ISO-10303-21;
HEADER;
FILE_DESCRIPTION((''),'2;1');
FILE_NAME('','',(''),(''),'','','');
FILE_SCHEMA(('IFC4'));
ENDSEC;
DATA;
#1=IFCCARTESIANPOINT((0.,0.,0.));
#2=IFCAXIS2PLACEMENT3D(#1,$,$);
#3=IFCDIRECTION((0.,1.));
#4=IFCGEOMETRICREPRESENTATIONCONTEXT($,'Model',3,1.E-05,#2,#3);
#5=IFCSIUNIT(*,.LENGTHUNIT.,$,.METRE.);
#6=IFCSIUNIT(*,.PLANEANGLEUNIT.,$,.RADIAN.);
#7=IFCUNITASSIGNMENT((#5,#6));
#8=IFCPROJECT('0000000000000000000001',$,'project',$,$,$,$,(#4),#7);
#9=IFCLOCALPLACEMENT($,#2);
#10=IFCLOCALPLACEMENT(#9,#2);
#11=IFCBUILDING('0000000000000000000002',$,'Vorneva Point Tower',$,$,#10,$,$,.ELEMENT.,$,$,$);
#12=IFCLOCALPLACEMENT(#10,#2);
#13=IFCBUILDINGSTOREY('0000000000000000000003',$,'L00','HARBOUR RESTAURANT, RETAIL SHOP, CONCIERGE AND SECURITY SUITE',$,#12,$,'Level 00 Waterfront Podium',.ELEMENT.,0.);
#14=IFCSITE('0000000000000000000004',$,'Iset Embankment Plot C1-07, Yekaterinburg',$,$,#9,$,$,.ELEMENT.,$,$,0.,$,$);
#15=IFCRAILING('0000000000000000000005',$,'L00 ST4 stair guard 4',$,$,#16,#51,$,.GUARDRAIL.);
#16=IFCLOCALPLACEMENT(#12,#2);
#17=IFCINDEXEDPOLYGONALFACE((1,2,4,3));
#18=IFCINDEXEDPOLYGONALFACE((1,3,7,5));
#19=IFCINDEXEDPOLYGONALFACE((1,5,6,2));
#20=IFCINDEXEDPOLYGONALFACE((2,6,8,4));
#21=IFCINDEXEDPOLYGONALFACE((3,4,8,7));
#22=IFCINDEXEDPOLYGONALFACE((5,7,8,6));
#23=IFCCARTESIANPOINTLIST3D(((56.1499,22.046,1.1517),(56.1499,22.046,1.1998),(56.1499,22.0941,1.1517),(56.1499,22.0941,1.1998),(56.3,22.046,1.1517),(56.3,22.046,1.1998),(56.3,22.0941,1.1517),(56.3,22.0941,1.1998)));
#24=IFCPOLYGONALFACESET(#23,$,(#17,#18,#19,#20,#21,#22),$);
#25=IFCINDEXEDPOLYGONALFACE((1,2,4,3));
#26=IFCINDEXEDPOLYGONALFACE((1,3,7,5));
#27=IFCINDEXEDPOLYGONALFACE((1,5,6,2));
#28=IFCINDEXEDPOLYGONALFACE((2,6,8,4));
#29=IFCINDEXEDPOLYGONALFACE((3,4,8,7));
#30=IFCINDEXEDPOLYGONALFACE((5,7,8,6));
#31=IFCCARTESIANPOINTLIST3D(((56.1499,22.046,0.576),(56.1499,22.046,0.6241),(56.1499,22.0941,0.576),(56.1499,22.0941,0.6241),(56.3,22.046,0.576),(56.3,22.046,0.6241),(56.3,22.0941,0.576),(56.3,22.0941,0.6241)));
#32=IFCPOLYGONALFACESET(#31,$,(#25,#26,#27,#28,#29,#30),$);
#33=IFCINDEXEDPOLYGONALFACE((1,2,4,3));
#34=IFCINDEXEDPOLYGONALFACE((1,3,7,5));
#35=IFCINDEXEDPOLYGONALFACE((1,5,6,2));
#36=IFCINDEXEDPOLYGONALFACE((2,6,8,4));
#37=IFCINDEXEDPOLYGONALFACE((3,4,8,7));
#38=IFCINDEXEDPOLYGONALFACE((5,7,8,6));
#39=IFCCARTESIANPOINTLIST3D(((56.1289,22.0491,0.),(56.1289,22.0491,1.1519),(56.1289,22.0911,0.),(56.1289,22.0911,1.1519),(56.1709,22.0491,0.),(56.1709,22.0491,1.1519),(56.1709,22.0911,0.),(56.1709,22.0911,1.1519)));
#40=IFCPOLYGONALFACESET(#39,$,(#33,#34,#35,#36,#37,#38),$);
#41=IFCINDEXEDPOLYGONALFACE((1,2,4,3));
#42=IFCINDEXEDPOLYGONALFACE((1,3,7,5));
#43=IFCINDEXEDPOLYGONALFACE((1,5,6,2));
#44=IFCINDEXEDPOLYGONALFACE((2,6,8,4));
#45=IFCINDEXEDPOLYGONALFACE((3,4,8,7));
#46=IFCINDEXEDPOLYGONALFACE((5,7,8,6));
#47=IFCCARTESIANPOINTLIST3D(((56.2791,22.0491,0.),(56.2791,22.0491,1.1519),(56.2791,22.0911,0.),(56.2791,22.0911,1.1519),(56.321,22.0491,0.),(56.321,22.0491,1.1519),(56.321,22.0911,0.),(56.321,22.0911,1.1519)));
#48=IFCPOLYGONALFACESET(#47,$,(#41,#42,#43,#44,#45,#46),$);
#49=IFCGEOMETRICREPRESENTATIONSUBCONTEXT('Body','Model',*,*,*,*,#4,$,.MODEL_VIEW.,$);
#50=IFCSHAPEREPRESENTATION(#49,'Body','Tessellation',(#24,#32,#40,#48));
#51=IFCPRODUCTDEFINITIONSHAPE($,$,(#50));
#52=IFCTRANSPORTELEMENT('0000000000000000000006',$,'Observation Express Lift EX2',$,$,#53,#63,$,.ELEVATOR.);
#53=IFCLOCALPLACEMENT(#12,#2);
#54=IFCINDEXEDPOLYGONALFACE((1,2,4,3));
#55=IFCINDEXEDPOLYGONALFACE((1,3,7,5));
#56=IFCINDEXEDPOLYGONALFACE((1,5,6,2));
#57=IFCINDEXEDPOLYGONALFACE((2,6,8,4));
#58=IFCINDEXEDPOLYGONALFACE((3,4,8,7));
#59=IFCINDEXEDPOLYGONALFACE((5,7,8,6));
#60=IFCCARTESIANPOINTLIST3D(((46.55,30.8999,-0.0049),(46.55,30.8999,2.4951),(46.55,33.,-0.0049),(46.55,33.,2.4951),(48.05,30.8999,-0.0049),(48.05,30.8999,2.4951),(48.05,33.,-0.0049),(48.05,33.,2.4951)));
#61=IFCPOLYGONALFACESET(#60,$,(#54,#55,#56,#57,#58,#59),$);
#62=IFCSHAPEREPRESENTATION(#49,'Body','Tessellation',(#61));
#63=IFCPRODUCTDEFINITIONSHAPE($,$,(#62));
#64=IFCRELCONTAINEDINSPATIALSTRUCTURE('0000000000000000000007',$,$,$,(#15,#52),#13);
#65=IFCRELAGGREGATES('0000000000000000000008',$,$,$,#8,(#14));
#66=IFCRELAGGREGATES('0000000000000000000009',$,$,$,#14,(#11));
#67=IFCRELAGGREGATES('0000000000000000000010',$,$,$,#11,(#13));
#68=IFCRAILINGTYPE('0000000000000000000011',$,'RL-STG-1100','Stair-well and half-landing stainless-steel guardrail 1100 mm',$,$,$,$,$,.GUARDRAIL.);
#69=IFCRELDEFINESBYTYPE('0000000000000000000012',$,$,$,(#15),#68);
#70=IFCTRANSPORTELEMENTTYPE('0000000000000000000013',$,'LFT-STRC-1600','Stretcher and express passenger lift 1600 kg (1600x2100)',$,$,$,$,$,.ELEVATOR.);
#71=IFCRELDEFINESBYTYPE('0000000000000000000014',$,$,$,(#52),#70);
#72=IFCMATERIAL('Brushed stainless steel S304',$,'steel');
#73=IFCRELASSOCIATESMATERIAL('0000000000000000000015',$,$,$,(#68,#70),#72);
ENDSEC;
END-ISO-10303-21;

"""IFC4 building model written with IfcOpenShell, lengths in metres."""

from ifc_helpers import new_model, si_unit, direction, frame, origin, origin_2d, place, context, subcontext, project, spatial, rectangle, extrude, material, type_object, element, save


model = new_model("IFC4")

# Units and contexts
model_context = context("Model", 3, precision=1e-05, world=origin(), true_north=direction((0.0, 1.0)))
body_context = subcontext(model_context, "Body", "Model", "MODEL_VIEW")
ifc_project = project(units=[si_unit("LENGTHUNIT", "METRE"), si_unit("PLANEANGLEUNIT", "RADIAN")], contexts=[model_context])

# Site, building, storey
site_placement = place(None, origin())
site = spatial("IfcSite", under=ifc_project, at=site_placement, Name="Iset Embankment Plot C1-07, Yekaterinburg", CompositionType="ELEMENT", RefElevation=0.0)
building_placement = place(site_placement, origin())
building = spatial("IfcBuilding", under=site, at=building_placement, Name="Vorneva Point Tower", CompositionType="ELEMENT")
storey_placement = place(building_placement, origin())
storey = spatial("IfcBuildingStorey", under=building, at=storey_placement, Name="L00", Description="HARBOUR RESTAURANT, RETAIL SHOP, CONCIERGE AND SECURITY SUITE", LongName="Level 00 Waterfront Podium", CompositionType="ELEMENT", Elevation=0.0)

# Railing
ifc_material_1 = material(Name="Brushed stainless steel S304", Category="steel")
railing_type_1 = type_object("IfcRailingType", Name="RL-STG-1100", Description="Stair-well and half-landing stainless-steel guardrail 1100 mm", PredefinedType="GUARDRAIL", material=ifc_material_1)
railing_1_placement = place(storey_placement, frame((56.1499, 22.0701, 0.0)))
element("IfcRailing", 1, at=railing_1_placement, inside=storey, type_object=railing_type_1, Name="L00 ST4 stair guard 4", PredefinedType="GUARDRAIL", context=body_context, shape_type="SweptSolid", body=[
    extrude(rectangle(XDim=0.0481, YDim=0.0481, at=origin_2d()), frame((0.0, 0.0, 1.1758), z_axis=(1.0, 0.0, 0.0), x_axis=(0.0, 1.0, 0.0)), (0.0, 0.0, 1.0), 0.1501),
    extrude(rectangle(XDim=0.0481, YDim=0.0481, at=origin_2d()), frame((0.0, 0.0, 0.6001), z_axis=(1.0, 0.0, 0.0), x_axis=(0.0, 1.0, 0.0)), (0.0, 0.0, 1.0), 0.1501),
    extrude(rectangle(XDim=0.042, YDim=0.042, at=origin_2d()), origin(), (0.0, 0.0, 1.0), 1.1519),
    extrude(rectangle(XDim=0.042, YDim=0.042, at=origin_2d()), frame((0.1501, 0.0, 0.0)), (0.0, 0.0, 1.0), 1.1519),
])

# Transport element
transport_element_type = type_object("IfcTransportElementType", Name="LFT-STRC-1600", Description="Stretcher and express passenger lift 1600 kg (1600x2100)", PredefinedType="ELEVATOR", material=ifc_material_1)
transport_element_placement = place(storey_placement, frame((47.3, 31.95, -0.0049), z_axis=(0.0, 0.0, 1.0), x_axis=(1.0, 0.0, 0.0)))
element("IfcTransportElement", 2, at=transport_element_placement, inside=storey, type_object=transport_element_type, Name="Observation Express Lift EX2", PredefinedType="ELEVATOR", context=body_context, shape_type="SweptSolid", body=[
    extrude(rectangle(XDim=1.5, YDim=2.1001, at=origin_2d()), origin(), (0.0, 0.0, 1.0), 2.5),
])

save(model, "model.ifc")
